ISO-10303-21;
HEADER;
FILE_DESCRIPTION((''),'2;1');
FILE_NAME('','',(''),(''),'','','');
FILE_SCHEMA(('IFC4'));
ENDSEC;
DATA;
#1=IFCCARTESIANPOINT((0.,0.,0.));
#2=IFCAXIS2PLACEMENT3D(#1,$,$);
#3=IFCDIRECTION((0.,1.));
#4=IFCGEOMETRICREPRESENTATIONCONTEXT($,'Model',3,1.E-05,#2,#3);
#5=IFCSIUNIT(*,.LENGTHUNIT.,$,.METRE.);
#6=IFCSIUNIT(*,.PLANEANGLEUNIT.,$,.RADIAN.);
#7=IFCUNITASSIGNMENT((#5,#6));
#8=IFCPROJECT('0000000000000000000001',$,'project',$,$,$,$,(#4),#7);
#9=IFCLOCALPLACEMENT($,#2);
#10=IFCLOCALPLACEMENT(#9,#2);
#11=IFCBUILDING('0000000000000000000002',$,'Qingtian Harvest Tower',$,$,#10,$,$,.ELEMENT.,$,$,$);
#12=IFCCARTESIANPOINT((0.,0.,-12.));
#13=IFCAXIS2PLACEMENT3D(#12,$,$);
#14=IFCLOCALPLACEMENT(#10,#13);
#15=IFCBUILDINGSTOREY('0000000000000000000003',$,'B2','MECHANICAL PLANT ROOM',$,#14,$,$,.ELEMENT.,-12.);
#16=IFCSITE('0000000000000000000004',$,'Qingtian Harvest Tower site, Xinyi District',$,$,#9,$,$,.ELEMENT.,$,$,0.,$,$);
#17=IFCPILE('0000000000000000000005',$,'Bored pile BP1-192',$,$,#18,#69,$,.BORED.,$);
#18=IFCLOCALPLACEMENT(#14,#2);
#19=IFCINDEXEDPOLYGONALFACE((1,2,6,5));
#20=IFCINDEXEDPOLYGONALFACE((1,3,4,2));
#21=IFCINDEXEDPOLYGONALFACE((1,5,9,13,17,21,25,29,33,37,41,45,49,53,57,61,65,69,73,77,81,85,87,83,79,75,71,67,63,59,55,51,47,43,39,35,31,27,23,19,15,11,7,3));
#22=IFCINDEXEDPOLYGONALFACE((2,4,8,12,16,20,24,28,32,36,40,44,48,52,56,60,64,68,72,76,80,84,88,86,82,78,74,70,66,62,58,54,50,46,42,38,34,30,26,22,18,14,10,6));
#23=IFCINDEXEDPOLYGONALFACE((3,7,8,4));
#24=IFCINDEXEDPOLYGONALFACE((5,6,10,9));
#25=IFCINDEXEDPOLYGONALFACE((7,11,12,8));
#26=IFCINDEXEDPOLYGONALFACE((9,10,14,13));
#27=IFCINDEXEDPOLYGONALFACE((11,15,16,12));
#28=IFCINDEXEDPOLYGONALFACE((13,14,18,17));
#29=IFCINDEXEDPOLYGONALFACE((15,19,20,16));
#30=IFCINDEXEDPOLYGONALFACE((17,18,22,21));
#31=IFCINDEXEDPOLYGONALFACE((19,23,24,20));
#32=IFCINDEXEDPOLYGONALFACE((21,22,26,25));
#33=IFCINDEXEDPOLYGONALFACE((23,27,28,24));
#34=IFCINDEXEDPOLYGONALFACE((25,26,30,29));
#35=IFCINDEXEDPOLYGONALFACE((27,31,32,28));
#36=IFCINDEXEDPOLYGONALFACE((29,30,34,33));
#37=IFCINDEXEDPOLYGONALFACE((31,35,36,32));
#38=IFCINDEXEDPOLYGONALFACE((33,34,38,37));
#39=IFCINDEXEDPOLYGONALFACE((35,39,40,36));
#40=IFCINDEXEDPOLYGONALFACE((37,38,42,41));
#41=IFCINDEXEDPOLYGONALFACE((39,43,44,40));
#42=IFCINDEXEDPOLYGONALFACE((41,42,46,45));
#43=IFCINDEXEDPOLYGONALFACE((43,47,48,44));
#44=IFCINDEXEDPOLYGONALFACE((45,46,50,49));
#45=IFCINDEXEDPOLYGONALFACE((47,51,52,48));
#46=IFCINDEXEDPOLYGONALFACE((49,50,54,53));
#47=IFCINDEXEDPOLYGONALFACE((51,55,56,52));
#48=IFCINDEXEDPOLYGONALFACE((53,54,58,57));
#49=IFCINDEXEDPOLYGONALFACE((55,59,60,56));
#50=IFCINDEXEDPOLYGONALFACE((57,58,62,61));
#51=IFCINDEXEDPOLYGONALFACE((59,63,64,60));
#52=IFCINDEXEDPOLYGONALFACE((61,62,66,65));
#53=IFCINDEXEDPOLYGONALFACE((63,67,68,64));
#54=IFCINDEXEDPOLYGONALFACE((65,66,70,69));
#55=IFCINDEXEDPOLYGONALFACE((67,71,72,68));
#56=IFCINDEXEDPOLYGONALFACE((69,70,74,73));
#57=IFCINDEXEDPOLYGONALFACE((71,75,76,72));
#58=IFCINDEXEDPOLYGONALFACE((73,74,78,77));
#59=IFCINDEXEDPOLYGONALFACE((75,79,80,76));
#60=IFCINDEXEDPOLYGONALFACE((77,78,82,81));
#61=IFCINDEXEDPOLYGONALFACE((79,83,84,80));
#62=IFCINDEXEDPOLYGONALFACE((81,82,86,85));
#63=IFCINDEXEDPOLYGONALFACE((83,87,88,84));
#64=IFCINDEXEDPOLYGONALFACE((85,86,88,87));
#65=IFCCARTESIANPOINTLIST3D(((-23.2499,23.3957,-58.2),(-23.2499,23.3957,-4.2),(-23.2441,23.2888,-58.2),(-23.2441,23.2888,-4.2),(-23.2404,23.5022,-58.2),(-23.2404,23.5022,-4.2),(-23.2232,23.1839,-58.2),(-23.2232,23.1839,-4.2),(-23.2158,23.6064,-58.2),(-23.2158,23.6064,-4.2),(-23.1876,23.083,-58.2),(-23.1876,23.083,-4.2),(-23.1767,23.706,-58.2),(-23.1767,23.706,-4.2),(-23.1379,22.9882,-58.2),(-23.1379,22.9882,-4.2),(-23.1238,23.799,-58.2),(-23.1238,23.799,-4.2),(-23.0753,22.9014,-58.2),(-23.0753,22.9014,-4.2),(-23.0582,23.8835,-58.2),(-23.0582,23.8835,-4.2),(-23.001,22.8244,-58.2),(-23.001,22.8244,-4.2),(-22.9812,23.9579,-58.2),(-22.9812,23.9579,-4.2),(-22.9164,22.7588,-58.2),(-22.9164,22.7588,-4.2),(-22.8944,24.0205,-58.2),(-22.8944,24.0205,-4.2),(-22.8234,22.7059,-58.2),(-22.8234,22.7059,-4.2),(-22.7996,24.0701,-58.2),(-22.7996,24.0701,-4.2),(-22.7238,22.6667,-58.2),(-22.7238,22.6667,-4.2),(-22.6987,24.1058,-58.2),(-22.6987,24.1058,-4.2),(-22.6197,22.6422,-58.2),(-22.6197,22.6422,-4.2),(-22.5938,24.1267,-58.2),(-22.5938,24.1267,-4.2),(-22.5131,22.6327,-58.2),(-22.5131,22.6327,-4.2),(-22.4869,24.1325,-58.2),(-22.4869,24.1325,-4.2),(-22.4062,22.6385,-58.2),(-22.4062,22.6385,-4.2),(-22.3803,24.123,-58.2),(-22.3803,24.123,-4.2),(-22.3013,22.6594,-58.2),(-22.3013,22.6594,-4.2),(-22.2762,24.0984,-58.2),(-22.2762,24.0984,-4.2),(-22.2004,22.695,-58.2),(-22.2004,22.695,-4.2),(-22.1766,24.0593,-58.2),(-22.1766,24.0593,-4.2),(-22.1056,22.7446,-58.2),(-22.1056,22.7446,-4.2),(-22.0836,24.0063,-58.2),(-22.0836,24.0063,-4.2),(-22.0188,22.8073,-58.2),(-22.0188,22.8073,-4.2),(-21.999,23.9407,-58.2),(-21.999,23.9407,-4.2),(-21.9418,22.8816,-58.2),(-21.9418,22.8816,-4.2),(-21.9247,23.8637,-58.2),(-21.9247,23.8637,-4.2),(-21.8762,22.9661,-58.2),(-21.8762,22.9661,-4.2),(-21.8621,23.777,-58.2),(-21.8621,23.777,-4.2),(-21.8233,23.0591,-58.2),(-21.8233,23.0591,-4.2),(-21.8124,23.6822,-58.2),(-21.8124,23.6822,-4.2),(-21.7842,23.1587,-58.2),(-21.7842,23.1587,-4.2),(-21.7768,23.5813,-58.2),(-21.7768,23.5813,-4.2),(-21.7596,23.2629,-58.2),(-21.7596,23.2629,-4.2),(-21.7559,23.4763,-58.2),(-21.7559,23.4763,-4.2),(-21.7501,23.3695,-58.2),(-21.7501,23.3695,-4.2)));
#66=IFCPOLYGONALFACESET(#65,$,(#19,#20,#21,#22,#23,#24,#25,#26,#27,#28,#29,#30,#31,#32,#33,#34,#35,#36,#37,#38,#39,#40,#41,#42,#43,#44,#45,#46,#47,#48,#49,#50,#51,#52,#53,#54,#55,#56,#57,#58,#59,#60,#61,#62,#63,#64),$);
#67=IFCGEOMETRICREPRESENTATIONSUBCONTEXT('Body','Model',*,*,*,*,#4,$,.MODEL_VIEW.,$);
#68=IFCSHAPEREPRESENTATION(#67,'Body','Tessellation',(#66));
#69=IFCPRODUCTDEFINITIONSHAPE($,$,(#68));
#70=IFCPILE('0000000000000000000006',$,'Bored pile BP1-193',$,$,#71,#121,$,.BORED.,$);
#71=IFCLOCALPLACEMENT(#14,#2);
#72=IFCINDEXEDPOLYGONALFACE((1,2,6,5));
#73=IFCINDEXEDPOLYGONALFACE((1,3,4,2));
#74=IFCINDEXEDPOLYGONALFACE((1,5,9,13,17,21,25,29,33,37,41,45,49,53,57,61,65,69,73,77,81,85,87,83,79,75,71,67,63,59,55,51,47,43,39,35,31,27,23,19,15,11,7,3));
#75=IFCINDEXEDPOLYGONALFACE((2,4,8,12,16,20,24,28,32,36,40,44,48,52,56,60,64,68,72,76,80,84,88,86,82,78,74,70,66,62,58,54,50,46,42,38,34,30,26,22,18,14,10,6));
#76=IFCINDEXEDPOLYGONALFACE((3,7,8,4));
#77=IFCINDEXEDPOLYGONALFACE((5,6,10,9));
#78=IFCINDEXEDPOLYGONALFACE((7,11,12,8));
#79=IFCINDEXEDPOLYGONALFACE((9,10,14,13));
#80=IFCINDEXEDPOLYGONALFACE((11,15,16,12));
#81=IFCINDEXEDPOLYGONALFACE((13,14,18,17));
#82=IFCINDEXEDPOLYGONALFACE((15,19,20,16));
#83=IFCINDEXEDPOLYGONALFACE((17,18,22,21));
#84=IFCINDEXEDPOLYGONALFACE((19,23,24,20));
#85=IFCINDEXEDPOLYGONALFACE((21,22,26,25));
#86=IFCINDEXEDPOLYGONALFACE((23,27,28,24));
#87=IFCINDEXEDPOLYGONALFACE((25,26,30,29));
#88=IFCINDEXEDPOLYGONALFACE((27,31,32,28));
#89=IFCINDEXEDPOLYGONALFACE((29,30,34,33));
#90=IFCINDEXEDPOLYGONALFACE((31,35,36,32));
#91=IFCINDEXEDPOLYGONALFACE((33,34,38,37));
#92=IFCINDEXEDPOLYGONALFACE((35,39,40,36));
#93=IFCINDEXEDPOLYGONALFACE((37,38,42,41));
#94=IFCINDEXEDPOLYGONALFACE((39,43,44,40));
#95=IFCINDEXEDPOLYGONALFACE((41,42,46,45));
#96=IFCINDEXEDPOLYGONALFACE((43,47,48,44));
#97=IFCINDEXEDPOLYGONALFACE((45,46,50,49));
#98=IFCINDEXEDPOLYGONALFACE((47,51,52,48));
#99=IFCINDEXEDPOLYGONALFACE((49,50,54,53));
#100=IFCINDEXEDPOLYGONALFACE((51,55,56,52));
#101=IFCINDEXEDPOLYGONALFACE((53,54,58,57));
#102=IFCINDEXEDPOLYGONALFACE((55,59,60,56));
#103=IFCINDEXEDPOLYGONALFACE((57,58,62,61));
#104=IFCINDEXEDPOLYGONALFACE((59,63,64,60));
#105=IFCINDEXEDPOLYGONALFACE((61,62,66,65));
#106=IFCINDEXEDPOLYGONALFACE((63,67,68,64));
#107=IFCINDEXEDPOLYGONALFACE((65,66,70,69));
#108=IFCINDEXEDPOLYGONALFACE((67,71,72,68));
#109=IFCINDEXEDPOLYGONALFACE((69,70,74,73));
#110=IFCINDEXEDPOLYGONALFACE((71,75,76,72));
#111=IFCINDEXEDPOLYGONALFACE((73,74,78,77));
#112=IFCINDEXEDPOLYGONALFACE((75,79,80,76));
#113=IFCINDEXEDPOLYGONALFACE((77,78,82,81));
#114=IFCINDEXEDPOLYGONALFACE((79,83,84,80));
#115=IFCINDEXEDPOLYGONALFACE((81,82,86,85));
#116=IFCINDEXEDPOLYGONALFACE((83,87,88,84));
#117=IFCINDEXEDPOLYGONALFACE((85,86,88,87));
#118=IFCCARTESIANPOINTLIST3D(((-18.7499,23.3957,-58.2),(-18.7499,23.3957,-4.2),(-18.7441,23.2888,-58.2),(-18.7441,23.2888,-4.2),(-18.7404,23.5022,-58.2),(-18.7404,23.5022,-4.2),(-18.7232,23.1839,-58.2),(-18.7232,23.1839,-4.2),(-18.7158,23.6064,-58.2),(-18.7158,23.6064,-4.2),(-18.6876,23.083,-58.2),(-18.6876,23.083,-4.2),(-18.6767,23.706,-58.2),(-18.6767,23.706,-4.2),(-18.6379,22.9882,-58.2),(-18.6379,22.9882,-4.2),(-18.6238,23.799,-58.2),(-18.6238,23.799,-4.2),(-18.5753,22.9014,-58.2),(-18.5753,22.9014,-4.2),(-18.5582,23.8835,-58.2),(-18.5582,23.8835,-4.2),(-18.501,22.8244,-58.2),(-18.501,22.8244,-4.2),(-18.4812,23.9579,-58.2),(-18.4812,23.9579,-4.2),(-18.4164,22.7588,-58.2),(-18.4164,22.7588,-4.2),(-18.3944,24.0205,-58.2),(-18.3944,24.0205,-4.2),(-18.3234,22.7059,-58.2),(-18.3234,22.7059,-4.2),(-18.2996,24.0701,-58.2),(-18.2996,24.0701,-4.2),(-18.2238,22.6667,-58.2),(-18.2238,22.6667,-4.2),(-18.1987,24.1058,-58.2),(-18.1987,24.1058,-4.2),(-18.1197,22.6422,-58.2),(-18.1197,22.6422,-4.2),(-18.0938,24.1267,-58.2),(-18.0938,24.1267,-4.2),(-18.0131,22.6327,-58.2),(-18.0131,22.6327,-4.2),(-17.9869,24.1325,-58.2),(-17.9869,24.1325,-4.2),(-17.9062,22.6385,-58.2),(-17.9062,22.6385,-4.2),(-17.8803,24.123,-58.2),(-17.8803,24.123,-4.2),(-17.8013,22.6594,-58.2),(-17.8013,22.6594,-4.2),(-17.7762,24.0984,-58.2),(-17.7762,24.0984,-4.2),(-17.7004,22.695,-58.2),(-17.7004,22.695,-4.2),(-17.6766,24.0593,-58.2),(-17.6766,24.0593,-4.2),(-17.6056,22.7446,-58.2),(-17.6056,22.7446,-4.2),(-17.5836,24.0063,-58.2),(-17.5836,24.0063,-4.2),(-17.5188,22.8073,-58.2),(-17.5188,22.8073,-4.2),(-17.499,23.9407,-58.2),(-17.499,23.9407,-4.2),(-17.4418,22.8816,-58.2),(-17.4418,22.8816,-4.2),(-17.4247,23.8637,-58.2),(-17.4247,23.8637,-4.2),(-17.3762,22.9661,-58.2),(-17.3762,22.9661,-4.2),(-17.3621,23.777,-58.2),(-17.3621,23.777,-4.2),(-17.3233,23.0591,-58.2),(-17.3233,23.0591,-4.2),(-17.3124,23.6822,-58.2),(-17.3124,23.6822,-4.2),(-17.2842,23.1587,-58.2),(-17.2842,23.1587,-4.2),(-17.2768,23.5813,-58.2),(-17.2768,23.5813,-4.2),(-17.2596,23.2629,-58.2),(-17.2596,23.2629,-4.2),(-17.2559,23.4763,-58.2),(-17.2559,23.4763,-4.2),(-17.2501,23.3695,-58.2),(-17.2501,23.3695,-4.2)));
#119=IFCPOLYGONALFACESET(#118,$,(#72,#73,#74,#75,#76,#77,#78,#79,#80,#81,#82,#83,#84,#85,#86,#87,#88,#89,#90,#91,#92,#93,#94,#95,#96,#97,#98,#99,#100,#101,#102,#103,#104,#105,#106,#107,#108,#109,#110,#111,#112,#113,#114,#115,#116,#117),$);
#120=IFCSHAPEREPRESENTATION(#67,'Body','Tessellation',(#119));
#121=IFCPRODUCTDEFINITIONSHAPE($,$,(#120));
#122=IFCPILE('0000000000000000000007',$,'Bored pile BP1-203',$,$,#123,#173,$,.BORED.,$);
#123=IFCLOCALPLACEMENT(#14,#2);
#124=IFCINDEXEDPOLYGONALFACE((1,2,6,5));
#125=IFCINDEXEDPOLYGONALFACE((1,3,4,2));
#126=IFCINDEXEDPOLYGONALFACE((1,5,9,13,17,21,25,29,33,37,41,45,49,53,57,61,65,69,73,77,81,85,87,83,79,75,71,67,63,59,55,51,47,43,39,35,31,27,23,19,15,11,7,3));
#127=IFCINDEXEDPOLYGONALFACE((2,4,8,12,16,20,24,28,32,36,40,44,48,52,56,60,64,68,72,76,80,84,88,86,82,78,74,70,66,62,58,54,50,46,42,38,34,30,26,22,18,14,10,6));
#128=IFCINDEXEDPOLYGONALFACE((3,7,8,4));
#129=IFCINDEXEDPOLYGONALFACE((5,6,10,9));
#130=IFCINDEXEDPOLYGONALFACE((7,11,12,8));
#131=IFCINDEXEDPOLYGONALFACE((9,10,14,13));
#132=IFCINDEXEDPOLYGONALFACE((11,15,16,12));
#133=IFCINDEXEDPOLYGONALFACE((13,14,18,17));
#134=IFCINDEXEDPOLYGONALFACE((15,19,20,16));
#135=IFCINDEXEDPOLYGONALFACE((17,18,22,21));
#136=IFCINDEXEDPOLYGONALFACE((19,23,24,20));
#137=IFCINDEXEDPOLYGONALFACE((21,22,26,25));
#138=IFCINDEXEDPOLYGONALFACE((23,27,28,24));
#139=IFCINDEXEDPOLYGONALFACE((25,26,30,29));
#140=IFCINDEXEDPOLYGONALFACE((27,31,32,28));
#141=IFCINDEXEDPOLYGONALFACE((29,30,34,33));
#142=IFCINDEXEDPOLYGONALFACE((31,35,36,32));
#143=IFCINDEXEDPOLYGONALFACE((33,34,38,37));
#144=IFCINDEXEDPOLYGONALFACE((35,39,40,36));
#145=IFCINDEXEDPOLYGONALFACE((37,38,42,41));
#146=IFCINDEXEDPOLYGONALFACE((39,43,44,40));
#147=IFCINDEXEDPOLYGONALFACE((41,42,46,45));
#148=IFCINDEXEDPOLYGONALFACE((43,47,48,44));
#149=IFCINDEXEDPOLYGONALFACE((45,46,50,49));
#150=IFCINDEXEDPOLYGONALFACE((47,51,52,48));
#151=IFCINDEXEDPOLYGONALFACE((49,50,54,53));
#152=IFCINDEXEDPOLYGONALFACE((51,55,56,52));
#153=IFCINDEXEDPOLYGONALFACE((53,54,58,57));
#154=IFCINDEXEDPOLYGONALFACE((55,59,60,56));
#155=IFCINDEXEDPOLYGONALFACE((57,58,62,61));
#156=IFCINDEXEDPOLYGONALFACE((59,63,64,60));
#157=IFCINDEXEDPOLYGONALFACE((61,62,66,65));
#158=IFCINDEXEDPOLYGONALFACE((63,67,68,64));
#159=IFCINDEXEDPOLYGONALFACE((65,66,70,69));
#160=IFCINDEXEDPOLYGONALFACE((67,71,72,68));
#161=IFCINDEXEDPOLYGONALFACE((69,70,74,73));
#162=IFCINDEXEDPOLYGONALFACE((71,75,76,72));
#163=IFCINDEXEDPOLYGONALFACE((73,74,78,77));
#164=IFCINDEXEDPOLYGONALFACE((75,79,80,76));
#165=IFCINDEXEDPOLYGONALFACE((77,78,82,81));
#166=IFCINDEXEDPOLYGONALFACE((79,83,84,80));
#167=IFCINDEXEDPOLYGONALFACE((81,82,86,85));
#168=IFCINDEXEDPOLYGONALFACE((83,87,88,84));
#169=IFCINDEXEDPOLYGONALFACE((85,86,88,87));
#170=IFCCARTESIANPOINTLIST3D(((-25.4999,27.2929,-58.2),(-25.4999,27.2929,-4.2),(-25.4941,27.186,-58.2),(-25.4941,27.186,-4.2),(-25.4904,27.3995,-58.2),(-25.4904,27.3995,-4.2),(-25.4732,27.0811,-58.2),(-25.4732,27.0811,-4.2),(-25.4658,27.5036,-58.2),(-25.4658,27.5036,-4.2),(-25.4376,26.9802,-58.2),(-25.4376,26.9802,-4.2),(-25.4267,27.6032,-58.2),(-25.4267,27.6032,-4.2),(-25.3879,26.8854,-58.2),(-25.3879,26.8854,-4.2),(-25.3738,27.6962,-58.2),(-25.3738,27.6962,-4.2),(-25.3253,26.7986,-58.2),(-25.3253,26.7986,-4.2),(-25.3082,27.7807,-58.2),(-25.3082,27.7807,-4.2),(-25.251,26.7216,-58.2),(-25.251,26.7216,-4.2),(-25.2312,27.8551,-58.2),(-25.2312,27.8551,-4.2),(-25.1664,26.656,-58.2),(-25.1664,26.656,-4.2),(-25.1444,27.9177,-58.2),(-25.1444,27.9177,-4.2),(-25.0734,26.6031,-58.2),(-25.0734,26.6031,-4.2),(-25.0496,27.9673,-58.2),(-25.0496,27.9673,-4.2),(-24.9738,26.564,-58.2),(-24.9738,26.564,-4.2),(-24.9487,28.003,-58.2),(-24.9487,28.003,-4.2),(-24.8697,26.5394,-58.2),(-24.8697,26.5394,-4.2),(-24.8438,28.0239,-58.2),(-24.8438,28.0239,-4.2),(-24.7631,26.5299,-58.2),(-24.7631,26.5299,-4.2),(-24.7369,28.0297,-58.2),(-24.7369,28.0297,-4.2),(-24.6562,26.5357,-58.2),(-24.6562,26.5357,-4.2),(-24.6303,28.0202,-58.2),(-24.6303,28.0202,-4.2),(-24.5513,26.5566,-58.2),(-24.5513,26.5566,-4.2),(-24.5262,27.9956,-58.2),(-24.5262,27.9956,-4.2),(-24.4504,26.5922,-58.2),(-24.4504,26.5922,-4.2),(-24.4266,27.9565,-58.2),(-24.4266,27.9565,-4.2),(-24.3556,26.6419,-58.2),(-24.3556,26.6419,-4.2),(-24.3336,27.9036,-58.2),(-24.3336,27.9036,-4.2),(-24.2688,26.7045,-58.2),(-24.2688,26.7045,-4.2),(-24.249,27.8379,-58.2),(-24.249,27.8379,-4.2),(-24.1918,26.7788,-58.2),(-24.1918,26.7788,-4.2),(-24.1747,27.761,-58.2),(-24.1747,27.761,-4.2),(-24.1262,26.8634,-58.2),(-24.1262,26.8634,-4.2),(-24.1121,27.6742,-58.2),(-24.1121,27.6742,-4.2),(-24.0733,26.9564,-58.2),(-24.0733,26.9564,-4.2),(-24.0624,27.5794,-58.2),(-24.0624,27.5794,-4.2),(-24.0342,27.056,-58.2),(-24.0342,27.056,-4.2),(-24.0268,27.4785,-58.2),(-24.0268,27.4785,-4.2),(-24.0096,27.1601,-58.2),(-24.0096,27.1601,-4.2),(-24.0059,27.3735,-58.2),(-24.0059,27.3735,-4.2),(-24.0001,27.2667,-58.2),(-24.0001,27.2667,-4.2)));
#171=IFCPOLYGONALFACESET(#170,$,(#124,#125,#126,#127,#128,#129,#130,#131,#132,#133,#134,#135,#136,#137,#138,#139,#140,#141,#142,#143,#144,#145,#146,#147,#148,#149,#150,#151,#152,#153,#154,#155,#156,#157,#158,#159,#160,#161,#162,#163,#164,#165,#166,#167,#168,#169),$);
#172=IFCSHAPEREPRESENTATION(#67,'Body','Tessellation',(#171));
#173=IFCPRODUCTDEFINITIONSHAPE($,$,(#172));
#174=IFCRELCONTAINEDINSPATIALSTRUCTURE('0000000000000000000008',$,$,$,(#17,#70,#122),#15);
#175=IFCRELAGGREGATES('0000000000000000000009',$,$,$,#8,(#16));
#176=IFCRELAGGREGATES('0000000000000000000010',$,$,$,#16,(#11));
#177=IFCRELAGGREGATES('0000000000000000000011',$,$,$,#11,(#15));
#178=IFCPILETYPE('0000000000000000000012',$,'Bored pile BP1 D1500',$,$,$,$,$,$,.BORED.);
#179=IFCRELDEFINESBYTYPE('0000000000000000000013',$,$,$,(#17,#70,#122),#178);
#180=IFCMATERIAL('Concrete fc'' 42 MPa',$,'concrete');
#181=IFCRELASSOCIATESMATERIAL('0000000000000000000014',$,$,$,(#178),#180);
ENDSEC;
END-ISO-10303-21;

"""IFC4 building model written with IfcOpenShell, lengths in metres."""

from ifc_helpers import new_model, si_unit, direction, frame, frame_2d, origin, place, context, subcontext, project, spatial, circle, extrude, material, material_profile, profile_set, type_object, element, save


model = new_model("IFC4")

# Units and contexts
model_context = context("Model", 3, precision=1e-05, world=origin(), true_north=direction((0.0, 1.0)))
body_context = subcontext(model_context, "Body", "Model", "MODEL_VIEW")
ifc_project = project(units=[si_unit("LENGTHUNIT", "METRE"), si_unit("PLANEANGLEUNIT", "RADIAN")], contexts=[model_context])

# Site, building, storey
site_placement = place(None, origin())
site = spatial("IfcSite", under=ifc_project, at=site_placement, Name="Qingtian Harvest Tower site, Xinyi District", CompositionType="ELEMENT", RefElevation=0.0)
building_placement = place(site_placement, origin())
building = spatial("IfcBuilding", under=site, at=building_placement, Name="Qingtian Harvest Tower", CompositionType="ELEMENT")
storey_placement = place(building_placement, frame((0.0, 0.0, -12.0)))
storey = spatial("IfcBuildingStorey", under=building, at=storey_placement, Name="B2", Description="MECHANICAL PLANT ROOM", CompositionType="ELEMENT", Elevation=-12.0)

# Piles
ifc_material_1 = material(Name="Concrete fc' 42 MPa", Category="concrete")
ifc_material_profile_1 = material_profile(ifc_material_1, circle(Radius=0.75, at=frame_2d((0.0, 0.0), x_axis=(0.999848, 0.017452))), Name="Bored pile BP1 D1500")
ifc_profile_set_1 = profile_set([ifc_material_profile_1], Name="Concrete fc' 42 MPa")
pile_type = type_object("IfcPileType", Name="Bored pile BP1 D1500", PredefinedType="BORED", material=ifc_profile_set_1)
for number, where, z_axis, x_axis, name in (
    (1, (-22.5, 23.3826, -4.2), (0.0, 0.0, -1.0), (1.0, 0.0, 0.0), "Bored pile BP1-192"),
    (2, (-18.0, 23.3826, -4.2), (0.0, 0.0, -1.0), (1.0, 0.0, 0.0), "Bored pile BP1-193"),
    (3, (-24.75, 27.2798, -4.2), (0.0, 0.0, -1.0), (1.0, 0.0, 0.0), "Bored pile BP1-203"),
):
    element("IfcPile", number, at=place(storey_placement, frame(where, z_axis=z_axis, x_axis=x_axis)), inside=storey, type_object=pile_type, Name=name, PredefinedType="BORED", context=body_context, shape_type="SweptSolid", body=[
        extrude(circle(Radius=0.75, at=frame_2d((0.0, 0.0), x_axis=(0.999848, 0.017452))), origin(), (0.0, 0.0, 1.0), 54.0),
    ])

save(model, "model.ifc")
